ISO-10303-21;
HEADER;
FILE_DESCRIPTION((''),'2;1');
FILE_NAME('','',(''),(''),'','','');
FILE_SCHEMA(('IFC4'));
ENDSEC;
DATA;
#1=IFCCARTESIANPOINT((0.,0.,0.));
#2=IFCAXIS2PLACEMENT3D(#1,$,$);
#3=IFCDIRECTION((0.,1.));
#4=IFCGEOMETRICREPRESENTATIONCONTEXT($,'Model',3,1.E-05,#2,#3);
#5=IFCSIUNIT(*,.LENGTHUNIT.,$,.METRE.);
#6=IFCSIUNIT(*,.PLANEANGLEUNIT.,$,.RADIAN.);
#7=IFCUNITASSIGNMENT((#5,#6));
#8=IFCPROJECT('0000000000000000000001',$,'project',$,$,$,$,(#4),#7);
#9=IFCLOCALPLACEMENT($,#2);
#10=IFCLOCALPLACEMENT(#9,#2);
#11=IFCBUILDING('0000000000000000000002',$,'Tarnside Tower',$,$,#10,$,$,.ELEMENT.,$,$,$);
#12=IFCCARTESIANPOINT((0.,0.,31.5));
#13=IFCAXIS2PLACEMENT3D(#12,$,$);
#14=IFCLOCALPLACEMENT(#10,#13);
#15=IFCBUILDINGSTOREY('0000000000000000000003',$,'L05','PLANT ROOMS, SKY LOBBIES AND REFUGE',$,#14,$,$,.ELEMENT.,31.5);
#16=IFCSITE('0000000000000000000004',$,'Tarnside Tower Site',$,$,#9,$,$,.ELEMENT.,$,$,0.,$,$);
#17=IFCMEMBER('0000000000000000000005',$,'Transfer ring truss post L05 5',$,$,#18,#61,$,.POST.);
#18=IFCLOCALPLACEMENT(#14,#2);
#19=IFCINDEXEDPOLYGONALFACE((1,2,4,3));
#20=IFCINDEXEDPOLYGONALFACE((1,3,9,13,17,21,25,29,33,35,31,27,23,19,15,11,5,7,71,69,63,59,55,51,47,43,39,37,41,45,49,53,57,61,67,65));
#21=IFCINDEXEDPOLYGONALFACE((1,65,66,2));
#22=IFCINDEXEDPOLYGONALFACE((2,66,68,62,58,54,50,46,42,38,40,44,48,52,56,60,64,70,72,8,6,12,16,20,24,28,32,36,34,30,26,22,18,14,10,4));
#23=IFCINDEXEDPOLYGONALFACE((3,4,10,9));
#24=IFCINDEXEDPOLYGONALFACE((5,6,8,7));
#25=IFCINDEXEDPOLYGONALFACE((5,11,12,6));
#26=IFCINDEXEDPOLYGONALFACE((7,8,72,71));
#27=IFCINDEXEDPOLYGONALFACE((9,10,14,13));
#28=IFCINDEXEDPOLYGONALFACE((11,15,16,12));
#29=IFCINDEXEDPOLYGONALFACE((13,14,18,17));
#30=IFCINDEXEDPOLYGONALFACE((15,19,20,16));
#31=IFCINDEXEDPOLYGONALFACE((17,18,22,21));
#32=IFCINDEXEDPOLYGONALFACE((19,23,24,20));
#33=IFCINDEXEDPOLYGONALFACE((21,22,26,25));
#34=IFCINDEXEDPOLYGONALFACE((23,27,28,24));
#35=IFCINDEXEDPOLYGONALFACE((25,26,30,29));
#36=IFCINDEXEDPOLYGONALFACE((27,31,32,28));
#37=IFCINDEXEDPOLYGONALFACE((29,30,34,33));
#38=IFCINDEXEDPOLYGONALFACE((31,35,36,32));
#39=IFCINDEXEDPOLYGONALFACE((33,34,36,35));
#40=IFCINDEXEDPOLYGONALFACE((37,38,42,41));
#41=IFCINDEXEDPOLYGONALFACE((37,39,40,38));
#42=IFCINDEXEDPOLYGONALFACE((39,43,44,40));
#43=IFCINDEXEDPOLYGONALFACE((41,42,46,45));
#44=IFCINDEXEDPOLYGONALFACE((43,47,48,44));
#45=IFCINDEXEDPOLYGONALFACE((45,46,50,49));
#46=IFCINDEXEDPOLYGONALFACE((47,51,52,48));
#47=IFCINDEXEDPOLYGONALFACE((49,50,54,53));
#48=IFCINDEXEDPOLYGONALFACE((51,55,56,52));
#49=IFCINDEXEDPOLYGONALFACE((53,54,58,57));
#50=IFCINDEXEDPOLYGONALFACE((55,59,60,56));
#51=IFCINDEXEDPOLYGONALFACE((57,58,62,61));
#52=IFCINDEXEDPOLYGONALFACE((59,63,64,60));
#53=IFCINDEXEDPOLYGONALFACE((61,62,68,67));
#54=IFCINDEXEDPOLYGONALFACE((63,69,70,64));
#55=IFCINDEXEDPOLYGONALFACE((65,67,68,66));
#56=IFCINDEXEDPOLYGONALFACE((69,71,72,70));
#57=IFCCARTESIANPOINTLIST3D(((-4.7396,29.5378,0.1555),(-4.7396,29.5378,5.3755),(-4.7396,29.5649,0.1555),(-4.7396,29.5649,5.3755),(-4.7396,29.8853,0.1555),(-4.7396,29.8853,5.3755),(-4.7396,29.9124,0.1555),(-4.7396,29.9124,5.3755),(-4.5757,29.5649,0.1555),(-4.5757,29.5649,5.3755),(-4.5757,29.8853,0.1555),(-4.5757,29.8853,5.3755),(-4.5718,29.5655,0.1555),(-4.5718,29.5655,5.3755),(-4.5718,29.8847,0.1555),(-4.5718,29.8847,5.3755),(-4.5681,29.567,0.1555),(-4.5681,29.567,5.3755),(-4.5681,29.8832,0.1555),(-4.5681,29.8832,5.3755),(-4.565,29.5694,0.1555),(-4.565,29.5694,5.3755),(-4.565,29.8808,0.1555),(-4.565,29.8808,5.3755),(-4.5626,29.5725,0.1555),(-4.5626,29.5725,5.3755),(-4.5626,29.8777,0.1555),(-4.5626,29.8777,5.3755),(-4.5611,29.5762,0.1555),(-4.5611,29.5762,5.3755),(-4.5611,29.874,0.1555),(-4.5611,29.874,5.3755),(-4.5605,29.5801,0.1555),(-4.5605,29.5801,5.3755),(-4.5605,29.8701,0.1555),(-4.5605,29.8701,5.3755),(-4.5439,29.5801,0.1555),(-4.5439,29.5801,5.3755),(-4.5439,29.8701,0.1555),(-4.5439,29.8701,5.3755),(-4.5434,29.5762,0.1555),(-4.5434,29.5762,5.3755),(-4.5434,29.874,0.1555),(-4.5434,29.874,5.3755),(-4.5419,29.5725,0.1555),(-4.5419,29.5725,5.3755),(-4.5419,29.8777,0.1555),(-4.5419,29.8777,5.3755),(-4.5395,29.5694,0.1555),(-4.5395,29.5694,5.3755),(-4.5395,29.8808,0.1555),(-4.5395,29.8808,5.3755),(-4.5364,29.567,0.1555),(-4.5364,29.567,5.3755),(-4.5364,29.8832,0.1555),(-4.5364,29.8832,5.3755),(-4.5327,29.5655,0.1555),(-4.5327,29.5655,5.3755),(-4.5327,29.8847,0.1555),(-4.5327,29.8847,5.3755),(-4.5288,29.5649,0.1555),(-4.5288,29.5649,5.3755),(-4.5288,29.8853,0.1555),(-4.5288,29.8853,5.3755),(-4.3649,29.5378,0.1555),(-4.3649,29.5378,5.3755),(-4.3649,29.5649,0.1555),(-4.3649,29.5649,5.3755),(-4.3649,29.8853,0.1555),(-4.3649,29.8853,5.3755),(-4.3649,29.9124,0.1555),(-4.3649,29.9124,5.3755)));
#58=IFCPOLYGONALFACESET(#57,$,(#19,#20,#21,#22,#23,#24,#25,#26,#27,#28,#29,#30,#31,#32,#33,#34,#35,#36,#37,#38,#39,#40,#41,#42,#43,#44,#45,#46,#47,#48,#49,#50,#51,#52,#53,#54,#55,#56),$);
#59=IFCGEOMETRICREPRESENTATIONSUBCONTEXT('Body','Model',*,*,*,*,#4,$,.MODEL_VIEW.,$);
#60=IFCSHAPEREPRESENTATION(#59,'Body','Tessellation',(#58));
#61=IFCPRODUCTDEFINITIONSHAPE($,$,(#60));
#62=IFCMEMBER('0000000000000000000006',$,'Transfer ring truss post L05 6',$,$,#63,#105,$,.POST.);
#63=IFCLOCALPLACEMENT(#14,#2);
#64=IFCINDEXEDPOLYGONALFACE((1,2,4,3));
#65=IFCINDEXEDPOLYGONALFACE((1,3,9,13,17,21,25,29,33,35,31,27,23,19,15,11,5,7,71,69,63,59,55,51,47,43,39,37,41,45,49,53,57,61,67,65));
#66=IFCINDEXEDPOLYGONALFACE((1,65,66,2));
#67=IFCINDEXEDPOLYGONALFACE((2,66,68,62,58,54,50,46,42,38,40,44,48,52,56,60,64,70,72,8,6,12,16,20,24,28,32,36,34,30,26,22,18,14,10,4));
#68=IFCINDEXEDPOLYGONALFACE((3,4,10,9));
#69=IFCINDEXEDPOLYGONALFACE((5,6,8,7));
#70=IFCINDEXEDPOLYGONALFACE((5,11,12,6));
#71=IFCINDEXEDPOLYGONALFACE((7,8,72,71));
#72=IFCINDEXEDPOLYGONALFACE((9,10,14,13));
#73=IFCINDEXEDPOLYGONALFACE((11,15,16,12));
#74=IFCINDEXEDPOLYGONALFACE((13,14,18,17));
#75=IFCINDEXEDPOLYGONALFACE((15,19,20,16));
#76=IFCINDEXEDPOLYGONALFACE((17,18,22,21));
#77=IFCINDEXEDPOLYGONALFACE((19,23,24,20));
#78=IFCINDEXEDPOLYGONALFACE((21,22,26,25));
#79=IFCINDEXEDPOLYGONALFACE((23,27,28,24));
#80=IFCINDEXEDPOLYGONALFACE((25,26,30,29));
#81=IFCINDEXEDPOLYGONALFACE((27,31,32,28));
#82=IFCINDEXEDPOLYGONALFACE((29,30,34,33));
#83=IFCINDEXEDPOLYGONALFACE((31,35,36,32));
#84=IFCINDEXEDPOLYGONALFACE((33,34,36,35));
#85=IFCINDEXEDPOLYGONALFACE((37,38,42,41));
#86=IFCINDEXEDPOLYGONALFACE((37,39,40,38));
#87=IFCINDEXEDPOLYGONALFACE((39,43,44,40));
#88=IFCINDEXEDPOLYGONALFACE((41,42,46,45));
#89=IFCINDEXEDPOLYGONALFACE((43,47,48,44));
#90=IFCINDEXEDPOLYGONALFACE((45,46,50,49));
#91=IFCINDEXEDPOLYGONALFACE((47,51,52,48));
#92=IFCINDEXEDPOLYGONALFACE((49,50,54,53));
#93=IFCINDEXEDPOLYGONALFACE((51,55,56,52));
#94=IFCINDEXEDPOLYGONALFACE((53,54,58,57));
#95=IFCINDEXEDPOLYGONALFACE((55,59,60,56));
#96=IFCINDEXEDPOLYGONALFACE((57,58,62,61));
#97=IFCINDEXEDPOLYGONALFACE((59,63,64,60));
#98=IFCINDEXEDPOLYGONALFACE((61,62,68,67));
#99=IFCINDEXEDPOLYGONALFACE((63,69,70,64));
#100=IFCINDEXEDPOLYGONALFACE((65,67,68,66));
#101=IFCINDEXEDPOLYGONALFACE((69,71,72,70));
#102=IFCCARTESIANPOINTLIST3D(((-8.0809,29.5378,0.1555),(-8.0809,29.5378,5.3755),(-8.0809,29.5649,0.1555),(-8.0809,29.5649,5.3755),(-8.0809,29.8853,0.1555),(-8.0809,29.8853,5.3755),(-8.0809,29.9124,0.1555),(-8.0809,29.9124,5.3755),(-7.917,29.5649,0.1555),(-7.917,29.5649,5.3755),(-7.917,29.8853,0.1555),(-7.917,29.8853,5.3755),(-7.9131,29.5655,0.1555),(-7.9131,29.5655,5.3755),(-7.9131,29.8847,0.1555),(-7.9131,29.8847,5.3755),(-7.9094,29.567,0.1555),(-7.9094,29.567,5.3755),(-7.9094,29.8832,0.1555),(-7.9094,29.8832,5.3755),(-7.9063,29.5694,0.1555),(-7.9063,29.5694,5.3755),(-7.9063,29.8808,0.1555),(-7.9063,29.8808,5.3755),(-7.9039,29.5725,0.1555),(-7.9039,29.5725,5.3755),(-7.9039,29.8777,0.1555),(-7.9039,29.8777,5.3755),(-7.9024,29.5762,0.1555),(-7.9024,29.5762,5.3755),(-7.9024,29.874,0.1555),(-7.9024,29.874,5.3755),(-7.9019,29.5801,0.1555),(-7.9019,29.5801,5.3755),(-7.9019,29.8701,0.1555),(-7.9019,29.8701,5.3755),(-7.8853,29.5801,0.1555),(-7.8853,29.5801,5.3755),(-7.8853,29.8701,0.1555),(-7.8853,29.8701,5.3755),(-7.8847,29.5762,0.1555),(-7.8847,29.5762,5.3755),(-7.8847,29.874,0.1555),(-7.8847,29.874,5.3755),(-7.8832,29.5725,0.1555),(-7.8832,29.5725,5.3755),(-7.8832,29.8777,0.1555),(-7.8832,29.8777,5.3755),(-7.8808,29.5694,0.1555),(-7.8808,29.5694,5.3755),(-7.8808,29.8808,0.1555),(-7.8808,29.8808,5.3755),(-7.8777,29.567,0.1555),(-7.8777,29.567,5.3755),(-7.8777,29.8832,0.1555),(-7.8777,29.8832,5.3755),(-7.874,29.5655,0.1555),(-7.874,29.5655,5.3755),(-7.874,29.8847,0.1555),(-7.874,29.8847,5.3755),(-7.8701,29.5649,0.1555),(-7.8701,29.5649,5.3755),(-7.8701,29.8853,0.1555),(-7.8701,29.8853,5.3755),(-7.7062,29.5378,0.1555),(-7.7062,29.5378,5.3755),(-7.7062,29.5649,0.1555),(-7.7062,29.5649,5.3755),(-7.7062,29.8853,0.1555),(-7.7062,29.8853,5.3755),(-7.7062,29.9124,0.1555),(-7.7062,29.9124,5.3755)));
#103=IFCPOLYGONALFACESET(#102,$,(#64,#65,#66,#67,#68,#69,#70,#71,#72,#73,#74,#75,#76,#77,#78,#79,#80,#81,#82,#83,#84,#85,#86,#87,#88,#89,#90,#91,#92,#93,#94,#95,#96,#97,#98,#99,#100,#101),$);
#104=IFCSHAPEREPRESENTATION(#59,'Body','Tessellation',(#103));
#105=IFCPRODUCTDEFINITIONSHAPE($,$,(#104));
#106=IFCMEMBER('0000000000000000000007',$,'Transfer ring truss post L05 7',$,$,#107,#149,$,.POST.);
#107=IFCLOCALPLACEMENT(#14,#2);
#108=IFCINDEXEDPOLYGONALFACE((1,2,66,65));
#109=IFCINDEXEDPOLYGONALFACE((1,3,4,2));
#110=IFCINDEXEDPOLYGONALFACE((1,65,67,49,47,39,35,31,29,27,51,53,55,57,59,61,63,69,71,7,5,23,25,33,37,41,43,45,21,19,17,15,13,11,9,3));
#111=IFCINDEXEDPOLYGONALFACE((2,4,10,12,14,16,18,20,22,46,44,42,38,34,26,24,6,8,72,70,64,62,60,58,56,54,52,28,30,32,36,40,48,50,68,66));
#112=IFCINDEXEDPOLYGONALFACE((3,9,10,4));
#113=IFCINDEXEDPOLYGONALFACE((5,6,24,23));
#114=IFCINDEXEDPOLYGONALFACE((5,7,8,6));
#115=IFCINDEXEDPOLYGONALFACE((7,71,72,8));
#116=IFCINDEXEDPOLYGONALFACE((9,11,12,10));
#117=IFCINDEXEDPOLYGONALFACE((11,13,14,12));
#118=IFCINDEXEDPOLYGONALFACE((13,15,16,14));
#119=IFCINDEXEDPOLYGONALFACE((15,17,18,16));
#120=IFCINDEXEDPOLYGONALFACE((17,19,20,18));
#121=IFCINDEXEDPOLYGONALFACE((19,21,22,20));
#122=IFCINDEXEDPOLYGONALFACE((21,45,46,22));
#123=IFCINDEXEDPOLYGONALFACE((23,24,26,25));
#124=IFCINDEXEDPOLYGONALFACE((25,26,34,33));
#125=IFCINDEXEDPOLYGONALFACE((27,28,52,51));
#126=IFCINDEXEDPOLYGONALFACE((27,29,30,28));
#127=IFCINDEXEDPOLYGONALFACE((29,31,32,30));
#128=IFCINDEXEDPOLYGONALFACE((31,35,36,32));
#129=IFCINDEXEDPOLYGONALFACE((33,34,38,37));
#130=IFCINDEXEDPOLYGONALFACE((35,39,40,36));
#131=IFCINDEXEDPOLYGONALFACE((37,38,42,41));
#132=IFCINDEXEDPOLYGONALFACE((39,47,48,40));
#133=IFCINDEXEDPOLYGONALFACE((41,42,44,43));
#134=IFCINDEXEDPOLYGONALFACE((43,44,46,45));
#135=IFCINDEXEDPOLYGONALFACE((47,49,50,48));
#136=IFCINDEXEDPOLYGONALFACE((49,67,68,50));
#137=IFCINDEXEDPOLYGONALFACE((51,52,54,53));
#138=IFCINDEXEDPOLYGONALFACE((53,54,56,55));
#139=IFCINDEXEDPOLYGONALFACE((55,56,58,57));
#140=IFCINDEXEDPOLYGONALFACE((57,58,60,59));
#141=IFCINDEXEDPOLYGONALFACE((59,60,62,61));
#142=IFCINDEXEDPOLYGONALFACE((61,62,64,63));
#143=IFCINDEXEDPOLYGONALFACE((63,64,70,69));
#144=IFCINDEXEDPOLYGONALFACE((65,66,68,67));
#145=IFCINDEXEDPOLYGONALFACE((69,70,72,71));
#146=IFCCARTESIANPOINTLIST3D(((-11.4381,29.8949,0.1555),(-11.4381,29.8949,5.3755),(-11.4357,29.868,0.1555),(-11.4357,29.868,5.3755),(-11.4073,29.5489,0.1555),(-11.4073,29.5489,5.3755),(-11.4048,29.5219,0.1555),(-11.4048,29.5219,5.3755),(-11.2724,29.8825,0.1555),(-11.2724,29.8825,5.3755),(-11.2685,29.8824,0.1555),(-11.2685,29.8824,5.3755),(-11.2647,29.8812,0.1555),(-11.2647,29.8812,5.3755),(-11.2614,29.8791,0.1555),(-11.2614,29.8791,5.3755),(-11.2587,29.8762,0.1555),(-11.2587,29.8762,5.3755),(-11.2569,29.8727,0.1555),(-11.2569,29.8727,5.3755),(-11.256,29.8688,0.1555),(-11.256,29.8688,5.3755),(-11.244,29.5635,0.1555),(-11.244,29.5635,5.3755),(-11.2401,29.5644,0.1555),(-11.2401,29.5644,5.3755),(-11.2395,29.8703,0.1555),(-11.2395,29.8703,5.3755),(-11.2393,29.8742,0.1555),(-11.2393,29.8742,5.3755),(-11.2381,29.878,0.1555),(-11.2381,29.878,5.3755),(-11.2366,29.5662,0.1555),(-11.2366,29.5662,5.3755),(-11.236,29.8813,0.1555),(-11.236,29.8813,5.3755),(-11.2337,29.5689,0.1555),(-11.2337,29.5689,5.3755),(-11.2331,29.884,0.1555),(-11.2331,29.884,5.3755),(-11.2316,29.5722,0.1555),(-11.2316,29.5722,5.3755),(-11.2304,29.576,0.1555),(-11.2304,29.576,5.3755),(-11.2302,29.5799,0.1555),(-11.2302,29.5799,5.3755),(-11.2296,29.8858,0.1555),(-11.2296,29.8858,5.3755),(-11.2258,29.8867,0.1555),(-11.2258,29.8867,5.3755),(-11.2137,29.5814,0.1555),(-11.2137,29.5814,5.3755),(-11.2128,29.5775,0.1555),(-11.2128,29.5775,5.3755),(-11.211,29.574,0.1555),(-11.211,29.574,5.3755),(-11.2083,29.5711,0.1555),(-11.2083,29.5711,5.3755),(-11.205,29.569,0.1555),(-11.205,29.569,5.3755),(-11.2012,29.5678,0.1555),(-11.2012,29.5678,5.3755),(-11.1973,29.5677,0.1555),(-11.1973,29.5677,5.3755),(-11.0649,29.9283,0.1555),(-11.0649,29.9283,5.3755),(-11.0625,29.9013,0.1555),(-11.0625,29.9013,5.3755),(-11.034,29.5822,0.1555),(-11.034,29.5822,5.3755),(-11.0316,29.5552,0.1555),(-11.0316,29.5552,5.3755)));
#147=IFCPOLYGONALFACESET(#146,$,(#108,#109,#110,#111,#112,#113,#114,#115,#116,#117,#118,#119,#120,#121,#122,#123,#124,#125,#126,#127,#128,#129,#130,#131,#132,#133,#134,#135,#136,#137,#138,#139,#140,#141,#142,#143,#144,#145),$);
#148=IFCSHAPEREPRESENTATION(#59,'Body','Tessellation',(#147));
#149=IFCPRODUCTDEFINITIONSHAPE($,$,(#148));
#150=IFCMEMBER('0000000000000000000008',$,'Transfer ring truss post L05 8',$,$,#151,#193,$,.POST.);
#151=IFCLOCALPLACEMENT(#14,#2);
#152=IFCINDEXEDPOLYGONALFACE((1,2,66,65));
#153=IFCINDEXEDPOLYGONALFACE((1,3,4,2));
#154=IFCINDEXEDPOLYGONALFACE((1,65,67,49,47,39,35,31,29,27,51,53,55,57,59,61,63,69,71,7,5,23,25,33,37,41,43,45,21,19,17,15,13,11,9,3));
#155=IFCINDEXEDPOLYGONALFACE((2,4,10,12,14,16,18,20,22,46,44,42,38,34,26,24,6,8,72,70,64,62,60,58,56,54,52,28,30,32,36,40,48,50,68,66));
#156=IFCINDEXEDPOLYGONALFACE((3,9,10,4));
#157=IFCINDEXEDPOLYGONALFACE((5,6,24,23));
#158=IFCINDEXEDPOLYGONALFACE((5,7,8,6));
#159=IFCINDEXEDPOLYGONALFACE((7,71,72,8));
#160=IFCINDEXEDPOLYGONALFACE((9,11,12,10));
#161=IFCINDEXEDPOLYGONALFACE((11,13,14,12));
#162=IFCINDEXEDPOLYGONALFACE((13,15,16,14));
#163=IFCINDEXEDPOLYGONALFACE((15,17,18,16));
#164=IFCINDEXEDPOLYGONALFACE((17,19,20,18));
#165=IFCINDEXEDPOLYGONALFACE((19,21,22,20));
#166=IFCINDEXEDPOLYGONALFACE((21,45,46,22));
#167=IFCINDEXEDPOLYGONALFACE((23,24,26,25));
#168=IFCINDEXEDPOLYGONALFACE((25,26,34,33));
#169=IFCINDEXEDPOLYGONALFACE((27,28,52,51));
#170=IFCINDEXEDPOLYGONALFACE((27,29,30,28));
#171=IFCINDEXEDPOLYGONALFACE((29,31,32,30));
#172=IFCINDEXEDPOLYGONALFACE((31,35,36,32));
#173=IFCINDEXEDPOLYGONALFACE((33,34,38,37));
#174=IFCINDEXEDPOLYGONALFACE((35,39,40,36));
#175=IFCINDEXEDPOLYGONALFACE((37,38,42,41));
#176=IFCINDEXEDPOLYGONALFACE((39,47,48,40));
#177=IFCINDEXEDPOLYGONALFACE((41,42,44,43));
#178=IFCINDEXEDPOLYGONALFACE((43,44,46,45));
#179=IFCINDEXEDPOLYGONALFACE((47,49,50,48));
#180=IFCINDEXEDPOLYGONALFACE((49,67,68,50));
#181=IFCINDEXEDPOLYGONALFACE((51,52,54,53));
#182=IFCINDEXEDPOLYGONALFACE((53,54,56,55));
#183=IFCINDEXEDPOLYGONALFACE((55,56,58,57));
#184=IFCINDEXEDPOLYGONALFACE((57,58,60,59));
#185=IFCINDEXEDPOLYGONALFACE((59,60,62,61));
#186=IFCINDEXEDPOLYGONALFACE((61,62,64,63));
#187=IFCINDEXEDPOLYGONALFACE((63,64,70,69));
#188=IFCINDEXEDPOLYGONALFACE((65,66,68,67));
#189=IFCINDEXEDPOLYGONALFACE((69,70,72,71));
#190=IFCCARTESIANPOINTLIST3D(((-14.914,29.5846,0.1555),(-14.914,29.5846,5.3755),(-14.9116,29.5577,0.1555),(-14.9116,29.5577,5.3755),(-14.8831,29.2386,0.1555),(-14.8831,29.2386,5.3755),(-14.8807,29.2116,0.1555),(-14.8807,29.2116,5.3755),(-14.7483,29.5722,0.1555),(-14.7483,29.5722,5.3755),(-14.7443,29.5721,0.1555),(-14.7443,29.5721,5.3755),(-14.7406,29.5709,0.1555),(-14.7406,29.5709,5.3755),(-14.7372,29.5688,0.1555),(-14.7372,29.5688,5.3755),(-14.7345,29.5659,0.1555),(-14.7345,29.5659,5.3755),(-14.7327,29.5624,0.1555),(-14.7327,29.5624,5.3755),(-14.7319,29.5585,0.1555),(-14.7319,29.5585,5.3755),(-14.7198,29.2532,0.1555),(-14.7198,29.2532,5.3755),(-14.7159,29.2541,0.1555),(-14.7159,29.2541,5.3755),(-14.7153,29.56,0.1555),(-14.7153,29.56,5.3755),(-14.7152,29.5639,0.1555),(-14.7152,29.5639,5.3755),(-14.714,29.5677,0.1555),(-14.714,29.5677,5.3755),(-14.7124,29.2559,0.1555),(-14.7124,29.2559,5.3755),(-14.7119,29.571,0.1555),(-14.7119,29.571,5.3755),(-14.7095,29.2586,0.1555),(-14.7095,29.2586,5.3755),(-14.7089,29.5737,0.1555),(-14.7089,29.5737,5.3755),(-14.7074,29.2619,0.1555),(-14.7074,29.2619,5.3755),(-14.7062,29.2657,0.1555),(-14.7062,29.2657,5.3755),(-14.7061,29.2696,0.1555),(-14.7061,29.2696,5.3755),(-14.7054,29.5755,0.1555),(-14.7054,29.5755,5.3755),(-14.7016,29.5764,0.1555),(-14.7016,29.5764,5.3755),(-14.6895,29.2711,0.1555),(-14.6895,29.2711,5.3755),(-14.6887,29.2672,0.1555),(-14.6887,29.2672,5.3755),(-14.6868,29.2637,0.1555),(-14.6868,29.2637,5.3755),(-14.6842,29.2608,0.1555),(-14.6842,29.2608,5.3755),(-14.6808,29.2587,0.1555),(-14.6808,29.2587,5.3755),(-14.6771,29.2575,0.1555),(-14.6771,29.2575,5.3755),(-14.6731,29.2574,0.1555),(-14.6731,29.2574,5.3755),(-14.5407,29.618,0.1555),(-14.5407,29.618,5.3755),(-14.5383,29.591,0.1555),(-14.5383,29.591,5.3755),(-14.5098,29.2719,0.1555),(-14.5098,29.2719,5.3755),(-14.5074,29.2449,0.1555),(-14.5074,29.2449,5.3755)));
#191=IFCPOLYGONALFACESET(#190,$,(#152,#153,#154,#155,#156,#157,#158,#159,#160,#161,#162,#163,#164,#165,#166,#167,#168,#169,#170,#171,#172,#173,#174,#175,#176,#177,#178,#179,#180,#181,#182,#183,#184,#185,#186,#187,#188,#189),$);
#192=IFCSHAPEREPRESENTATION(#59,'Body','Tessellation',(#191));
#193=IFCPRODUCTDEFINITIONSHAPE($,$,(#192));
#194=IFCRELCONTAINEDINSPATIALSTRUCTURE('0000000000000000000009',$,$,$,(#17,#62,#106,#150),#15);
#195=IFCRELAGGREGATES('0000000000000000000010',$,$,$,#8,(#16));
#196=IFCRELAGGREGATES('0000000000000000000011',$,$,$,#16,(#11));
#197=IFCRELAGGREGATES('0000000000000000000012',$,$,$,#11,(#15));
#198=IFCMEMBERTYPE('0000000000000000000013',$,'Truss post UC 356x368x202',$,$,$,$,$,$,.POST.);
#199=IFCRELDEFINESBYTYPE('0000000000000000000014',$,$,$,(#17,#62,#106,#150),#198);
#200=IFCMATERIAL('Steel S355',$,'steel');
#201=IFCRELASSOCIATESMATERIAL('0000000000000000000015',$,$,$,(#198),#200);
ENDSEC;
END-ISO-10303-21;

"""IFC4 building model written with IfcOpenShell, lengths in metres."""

from ifc_helpers import new_model, si_unit, direction, frame, origin, origin_2d, place, context, subcontext, project, spatial, i_section, extrude, material, material_profile, profile_set, type_object, element, save


model = new_model("IFC4")

# Units and contexts
model_context = context("Model", 3, precision=1e-05, world=origin(), true_north=direction((0.0, 1.0)))
body_context = subcontext(model_context, "Body", "Model", "MODEL_VIEW")
ifc_project = project(units=[si_unit("LENGTHUNIT", "METRE"), si_unit("PLANEANGLEUNIT", "RADIAN")], contexts=[model_context])

# Site, building, storey
site_placement = place(None, origin())
site = spatial("IfcSite", under=ifc_project, at=site_placement, Name="Tarnside Tower Site", CompositionType="ELEMENT", RefElevation=0.0)
building_placement = place(site_placement, origin())
building = spatial("IfcBuilding", under=site, at=building_placement, Name="Tarnside Tower", CompositionType="ELEMENT")
storey_placement = place(building_placement, frame((0.0, 0.0, 31.5)))
storey = spatial("IfcBuildingStorey", under=building, at=storey_placement, Name="L05", Description="PLANT ROOMS, SKY LOBBIES AND REFUGE", CompositionType="ELEMENT", Elevation=31.5)

# Shared definitions
ifc_material_1 = material(Name="Steel S355", Category="steel")

# Members
ifc_material_profile_1 = material_profile(ifc_material_1, i_section(OverallWidth=0.3748, OverallDepth=0.3745, WebThickness=0.0166, FlangeThickness=0.0271, FilletRadius=0.0151, at=origin_2d()), Name="UC 356x368x202")
ifc_profile_set_1 = profile_set([ifc_material_profile_1], Name="Steel S355")
member_type_1 = type_object("IfcMemberType", Name="Truss post UC 356x368x202", PredefinedType="POST", material=ifc_profile_set_1)
for number, where, z_axis, x_axis, name in (
    (1, (-4.5522, 29.7251, 0.1555), (0.0, 0.0, 1.0), (-1.0, 0.0, 0.0), "Transfer ring truss post L05 5"),
    (2, (-7.8936, 29.7251, 0.1555), (0.0, 0.0, 1.0), (-1.0, 0.0, 0.0), "Transfer ring truss post L05 6"),
    (3, (-11.2349, 29.7251, 0.1555), (0.0, 0.0, 1.0), (-0.996039, -0.088921, 0.0), "Transfer ring truss post L05 7"),
    (4, (-14.7107, 29.4148, 0.1555), (0.0, 0.0, 1.0), (-0.996039, -0.088921, 0.0), "Transfer ring truss post L05 8"),
):
    element("IfcMember", number, at=place(storey_placement, frame(where, z_axis=z_axis, x_axis=x_axis)), inside=storey, type_object=member_type_1, Name=name, PredefinedType="POST", context=body_context, shape_type="SweptSolid", body=[
        extrude(i_section(OverallWidth=0.3748, OverallDepth=0.3745, WebThickness=0.0166, FlangeThickness=0.0271, FilletRadius=0.0151, at=origin_2d()), origin(), (0.0, 0.0, 1.0), 5.22),
    ])

save(model, "model.ifc")
